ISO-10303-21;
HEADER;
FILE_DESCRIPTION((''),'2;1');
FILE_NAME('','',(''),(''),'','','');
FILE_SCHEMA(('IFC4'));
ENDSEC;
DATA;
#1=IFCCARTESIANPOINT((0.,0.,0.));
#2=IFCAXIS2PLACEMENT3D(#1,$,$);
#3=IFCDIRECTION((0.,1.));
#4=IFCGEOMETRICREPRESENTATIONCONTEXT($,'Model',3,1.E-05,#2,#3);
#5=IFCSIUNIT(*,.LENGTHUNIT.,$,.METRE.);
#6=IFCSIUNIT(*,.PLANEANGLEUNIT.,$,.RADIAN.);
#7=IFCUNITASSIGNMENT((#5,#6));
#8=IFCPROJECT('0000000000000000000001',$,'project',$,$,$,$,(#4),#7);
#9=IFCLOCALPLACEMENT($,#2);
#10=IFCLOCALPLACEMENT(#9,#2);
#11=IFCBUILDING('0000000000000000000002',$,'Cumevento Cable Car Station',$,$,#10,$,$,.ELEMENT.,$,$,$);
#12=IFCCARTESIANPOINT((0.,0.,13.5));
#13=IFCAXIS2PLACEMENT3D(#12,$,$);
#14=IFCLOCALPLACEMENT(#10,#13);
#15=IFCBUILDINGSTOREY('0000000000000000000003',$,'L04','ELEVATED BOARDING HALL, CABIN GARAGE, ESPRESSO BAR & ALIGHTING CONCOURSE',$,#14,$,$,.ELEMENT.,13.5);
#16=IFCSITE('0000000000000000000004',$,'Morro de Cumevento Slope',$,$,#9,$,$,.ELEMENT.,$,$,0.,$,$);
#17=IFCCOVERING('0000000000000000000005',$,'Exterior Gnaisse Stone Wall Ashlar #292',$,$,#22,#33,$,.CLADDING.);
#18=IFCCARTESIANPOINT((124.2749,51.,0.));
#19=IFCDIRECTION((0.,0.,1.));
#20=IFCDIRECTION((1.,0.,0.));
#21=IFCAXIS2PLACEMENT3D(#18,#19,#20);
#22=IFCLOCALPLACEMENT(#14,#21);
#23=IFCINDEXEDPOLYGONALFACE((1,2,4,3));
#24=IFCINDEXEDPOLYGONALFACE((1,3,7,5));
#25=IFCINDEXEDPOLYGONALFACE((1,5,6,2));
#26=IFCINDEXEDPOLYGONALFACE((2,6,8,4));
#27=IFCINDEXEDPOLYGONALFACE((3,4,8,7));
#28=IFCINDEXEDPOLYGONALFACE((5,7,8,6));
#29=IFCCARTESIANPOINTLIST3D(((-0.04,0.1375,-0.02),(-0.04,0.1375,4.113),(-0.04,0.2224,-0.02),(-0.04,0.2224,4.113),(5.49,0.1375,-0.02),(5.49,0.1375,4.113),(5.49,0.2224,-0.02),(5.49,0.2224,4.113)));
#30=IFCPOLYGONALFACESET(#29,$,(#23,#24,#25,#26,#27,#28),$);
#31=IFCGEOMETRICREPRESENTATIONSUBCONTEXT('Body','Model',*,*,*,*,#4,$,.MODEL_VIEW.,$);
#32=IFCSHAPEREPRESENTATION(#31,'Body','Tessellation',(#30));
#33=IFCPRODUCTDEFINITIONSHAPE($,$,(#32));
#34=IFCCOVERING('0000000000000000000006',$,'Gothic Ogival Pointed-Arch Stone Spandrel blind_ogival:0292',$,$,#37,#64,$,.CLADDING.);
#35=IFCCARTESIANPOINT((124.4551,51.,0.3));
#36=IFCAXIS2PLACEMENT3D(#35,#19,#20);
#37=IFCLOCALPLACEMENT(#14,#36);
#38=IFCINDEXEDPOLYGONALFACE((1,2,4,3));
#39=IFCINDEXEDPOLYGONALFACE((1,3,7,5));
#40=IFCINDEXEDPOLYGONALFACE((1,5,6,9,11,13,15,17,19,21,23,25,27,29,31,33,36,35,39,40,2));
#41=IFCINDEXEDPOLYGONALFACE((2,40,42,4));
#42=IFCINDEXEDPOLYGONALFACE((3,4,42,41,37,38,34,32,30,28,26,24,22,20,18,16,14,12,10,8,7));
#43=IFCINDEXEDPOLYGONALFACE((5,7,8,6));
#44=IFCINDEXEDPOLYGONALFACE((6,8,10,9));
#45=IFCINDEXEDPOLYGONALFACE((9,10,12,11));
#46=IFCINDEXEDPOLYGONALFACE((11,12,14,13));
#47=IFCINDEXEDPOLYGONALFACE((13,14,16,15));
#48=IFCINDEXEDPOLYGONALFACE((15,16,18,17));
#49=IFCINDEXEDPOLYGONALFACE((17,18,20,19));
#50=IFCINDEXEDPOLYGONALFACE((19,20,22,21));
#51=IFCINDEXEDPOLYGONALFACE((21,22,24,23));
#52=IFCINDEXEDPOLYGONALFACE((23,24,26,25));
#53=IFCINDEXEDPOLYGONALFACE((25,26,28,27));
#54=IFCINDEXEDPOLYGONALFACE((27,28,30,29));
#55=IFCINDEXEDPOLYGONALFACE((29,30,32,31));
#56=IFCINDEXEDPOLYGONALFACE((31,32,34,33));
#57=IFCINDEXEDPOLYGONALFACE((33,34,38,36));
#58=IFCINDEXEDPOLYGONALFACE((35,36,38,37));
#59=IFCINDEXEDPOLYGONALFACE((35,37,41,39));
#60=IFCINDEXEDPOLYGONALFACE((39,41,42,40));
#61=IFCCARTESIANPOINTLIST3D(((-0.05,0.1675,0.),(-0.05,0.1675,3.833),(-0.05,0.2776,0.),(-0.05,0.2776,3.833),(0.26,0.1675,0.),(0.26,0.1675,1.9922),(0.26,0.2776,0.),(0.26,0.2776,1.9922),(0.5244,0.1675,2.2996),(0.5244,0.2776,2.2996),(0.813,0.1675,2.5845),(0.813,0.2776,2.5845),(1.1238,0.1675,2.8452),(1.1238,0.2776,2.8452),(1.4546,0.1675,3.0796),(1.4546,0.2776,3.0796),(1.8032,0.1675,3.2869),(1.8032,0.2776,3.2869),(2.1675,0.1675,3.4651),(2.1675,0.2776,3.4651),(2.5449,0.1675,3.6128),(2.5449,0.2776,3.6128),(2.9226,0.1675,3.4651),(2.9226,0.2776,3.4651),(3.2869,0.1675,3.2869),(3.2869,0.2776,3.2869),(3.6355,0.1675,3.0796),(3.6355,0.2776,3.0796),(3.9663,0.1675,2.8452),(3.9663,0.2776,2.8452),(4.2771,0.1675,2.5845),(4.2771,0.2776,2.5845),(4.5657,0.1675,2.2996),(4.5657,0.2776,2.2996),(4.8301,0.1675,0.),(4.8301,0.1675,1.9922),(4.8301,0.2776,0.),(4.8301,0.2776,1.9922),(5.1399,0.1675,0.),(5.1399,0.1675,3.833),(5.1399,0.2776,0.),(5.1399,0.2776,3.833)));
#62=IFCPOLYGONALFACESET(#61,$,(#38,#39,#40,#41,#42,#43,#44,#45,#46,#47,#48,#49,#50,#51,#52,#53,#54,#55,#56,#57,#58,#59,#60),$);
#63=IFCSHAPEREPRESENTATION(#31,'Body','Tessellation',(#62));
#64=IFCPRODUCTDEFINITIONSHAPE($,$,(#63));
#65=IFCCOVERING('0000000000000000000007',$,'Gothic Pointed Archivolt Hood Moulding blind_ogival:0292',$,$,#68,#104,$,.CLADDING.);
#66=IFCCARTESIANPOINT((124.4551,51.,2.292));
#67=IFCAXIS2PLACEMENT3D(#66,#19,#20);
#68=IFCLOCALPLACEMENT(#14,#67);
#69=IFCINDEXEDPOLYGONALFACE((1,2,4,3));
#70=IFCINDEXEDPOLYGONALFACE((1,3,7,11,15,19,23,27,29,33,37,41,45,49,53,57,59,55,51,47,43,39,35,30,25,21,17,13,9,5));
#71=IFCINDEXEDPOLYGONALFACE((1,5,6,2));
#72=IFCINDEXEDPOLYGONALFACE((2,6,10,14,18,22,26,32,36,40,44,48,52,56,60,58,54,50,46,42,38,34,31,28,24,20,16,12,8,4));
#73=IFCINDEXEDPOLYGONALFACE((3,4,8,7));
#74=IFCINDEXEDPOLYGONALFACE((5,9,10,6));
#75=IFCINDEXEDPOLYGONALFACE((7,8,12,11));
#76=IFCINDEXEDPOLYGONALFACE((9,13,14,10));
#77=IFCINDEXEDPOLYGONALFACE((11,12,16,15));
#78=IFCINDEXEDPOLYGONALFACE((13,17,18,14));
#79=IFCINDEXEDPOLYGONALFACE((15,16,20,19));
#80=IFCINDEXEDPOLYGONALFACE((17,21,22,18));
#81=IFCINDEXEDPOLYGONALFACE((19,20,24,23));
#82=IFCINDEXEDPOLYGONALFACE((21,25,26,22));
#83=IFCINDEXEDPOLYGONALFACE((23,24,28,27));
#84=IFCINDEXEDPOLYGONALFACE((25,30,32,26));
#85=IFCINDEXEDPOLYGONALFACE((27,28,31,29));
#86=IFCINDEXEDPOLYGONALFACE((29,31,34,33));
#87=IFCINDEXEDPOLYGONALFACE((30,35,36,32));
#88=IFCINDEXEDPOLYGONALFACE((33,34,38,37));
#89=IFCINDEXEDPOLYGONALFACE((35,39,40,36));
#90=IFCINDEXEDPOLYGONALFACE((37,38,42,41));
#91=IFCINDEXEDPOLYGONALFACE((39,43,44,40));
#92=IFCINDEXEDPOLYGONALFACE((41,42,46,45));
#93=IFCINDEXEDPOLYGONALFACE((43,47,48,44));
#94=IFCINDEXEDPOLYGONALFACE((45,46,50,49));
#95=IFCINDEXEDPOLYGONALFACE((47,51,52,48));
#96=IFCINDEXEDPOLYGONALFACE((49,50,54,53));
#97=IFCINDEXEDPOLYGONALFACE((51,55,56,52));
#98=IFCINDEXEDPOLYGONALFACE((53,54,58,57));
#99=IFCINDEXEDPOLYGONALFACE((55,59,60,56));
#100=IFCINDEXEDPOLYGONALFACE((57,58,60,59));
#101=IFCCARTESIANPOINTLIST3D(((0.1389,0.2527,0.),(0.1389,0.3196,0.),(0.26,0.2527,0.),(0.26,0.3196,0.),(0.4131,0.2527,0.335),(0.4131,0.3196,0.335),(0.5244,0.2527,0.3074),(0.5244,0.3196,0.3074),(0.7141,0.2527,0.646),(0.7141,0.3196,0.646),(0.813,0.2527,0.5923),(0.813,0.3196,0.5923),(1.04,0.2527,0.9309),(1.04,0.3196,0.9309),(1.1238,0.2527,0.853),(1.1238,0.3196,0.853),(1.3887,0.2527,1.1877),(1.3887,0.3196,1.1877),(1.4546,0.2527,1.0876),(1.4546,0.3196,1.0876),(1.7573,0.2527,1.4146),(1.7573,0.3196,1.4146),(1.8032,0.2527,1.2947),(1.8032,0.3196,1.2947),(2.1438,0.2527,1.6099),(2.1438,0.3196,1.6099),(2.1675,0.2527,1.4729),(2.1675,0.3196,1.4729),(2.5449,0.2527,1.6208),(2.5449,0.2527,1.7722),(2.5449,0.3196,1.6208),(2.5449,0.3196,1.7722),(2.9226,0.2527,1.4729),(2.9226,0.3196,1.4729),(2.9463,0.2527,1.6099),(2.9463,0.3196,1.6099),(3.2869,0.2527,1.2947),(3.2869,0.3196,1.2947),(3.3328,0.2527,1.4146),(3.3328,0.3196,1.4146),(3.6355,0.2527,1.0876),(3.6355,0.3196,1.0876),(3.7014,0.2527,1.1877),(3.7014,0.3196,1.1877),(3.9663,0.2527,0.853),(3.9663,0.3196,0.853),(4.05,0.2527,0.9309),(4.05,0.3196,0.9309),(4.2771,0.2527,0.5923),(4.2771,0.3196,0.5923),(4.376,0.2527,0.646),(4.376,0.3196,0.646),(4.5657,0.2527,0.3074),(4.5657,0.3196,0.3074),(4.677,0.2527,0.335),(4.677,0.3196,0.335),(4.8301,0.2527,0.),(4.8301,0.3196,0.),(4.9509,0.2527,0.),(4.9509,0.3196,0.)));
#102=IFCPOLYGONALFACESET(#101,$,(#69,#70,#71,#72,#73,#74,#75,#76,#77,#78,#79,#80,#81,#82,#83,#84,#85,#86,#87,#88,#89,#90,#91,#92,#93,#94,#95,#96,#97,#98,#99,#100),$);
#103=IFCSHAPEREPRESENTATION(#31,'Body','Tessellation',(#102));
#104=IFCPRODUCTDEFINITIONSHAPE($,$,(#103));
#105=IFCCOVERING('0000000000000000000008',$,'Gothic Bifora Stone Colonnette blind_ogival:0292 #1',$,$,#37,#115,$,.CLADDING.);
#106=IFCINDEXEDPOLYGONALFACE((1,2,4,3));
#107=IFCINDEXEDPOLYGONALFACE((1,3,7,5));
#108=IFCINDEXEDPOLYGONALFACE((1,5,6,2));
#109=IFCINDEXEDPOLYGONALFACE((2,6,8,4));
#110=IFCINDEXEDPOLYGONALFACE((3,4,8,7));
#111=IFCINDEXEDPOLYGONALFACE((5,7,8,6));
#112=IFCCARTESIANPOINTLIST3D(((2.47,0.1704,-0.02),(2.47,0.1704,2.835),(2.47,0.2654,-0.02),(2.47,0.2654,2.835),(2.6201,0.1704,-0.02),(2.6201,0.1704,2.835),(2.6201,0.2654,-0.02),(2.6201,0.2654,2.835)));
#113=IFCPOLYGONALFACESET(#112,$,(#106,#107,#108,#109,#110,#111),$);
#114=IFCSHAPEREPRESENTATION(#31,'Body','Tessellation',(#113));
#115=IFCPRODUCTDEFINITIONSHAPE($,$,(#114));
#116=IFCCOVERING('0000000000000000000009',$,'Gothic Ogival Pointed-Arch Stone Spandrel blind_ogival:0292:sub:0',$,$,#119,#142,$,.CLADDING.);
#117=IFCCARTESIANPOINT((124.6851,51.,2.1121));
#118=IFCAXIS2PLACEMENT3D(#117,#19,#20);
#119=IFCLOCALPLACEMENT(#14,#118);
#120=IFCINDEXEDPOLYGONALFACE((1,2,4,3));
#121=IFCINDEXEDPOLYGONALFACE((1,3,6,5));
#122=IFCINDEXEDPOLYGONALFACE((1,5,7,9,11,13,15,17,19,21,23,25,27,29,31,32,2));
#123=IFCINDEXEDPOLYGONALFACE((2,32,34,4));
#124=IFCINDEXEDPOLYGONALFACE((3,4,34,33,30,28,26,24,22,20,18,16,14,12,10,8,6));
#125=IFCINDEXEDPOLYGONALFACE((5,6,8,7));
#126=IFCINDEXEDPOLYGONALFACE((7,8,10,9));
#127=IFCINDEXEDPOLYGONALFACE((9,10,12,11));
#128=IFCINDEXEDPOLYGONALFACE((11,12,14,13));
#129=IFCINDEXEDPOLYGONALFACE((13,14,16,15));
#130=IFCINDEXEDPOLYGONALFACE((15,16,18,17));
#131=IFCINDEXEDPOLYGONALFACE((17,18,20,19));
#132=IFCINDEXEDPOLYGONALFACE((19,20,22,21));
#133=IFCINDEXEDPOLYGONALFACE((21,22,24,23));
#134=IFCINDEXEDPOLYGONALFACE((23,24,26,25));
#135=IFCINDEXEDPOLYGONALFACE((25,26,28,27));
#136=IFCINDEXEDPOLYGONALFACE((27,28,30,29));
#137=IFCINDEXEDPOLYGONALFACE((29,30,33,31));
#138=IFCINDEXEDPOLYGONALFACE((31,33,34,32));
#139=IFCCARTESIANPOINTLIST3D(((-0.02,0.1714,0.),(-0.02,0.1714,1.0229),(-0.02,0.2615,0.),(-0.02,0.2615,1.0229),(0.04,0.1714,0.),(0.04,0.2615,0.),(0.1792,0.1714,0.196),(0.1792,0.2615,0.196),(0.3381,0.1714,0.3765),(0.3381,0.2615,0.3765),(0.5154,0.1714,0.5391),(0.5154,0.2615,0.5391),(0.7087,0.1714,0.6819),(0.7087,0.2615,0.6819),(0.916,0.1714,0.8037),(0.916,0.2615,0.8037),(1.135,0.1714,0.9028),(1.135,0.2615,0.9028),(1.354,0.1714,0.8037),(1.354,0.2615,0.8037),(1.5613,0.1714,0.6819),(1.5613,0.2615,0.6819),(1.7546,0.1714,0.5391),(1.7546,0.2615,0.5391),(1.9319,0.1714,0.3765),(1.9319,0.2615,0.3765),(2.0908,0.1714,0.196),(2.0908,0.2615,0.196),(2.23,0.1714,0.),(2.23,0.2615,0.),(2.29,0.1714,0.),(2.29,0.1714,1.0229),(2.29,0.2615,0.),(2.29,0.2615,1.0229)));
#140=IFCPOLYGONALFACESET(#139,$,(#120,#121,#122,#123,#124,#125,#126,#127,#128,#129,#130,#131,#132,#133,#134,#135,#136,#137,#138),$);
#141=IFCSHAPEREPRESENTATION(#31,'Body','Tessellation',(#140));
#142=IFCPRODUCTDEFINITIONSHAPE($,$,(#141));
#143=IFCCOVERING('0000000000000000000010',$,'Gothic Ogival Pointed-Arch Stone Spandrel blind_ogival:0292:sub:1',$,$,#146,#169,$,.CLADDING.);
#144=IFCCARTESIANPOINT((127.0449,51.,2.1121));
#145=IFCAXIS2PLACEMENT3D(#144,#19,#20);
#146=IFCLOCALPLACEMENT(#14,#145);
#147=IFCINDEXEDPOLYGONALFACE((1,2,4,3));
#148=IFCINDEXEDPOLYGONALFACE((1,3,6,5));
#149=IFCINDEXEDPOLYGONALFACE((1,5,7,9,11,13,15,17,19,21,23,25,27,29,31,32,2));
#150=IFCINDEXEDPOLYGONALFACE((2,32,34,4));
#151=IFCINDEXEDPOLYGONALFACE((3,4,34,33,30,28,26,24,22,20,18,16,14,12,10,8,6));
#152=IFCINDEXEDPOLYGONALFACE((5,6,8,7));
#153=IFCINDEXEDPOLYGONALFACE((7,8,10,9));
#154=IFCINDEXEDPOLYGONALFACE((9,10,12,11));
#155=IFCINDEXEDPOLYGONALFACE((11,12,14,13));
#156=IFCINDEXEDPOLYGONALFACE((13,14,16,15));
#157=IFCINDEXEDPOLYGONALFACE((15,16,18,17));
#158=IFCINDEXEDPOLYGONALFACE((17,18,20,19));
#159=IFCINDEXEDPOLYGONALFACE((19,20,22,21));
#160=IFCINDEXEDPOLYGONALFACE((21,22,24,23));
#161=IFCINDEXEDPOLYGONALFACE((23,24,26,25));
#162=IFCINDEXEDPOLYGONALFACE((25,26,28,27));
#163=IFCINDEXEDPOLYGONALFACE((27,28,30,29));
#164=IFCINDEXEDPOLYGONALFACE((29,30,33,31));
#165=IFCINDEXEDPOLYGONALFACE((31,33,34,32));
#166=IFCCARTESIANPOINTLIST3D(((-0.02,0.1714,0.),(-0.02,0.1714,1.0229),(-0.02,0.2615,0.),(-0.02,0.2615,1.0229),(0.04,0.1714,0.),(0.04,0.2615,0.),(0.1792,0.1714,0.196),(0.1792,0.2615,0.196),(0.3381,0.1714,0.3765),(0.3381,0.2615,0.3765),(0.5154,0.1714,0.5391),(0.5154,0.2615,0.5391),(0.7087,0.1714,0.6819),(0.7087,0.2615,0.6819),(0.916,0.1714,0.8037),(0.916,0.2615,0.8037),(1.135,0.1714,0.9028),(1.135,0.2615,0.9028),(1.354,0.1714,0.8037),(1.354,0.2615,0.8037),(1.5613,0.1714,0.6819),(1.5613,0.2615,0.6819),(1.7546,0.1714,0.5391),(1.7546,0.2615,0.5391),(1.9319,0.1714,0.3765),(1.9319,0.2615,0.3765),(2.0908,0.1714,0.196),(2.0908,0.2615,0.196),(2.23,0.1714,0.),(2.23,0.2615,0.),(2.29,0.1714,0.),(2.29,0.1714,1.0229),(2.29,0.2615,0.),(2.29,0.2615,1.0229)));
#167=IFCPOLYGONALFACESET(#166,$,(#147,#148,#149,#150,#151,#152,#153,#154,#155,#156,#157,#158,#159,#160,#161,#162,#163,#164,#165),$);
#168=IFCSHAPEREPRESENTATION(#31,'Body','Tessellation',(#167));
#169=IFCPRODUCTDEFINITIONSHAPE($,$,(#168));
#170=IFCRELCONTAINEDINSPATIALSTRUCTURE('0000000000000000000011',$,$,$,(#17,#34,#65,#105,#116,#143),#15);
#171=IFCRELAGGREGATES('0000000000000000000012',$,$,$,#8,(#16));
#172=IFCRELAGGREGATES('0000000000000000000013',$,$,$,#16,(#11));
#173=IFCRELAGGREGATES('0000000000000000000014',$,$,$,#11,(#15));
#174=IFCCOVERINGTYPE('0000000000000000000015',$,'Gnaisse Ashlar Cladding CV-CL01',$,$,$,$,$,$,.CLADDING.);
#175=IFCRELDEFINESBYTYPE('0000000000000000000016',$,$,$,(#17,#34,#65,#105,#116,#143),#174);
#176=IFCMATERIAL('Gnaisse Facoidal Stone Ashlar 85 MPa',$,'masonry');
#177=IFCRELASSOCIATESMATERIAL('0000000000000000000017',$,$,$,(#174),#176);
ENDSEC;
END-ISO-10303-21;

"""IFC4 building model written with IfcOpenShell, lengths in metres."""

from ifc_helpers import new_model, si_unit, direction, frame, origin, place, context, subcontext, project, spatial, polyline, outline, extrude, material, type_object, element, save


model = new_model("IFC4")

# Units and contexts
model_context = context("Model", 3, precision=1e-05, world=origin(), true_north=direction((0.0, 1.0)))
body_context = subcontext(model_context, "Body", "Model", "MODEL_VIEW")
ifc_project = project(units=[si_unit("LENGTHUNIT", "METRE"), si_unit("PLANEANGLEUNIT", "RADIAN")], contexts=[model_context])

# Site, building, storey
site_placement = place(None, origin())
site = spatial("IfcSite", under=ifc_project, at=site_placement, Name="Morro de Cumevento Slope", CompositionType="ELEMENT", RefElevation=0.0)
building_placement = place(site_placement, origin())
building = spatial("IfcBuilding", under=site, at=building_placement, Name="Cumevento Cable Car Station", CompositionType="ELEMENT")
storey_placement = place(building_placement, frame((0.0, 0.0, 13.5)))
storey = spatial("IfcBuildingStorey", under=building, at=storey_placement, Name="L04", Description="ELEVATED BOARDING HALL, CABIN GARAGE, ESPRESSO BAR & ALIGHTING CONCOURSE", CompositionType="ELEMENT", Elevation=13.5)

# Coverings
ifc_material_1 = material(Name="Gnaisse Facoidal Stone Ashlar 85 MPa", Category="masonry")
covering_type = type_object("IfcCoveringType", Name="Gnaisse Ashlar Cladding CV-CL01", PredefinedType="CLADDING", material=ifc_material_1)
covering_1_placement = place(storey_placement, frame((124.2749, 51.0, 0.0), z_axis=(0.0, 0.0, 1.0), x_axis=(1.0, 0.0, 0.0)))
element("IfcCovering", 1, at=covering_1_placement, inside=storey, type_object=covering_type, Name="Exterior Gnaisse Stone Wall Ashlar #292", PredefinedType="CLADDING", context=body_context, shape_type="SweptSolid", body=[
    extrude(outline(polyline([(-0.04, -0.02), (5.49, -0.02), (5.49, 4.113), (-0.04, 4.113), (-0.04, -0.02)])), frame((0.0, 0.2224, 0.0), z_axis=(0.0, -1.0, 0.0), x_axis=(1.0, 0.0, 0.0)), (0.0, 0.0, 1.0), 0.085),
])
placement = place(storey_placement, frame((124.4551, 51.0, 0.3), z_axis=(0.0, 0.0, 1.0), x_axis=(1.0, 0.0, 0.0)))
element("IfcCovering", 2, at=placement, inside=storey, type_object=covering_type, Name="Gothic Ogival Pointed-Arch Stone Spandrel blind_ogival:0292", PredefinedType="CLADDING", context=body_context, shape_type="SweptSolid", body=[
    extrude(outline(polyline([(-0.05, 0.0), (-0.05, 3.833), (5.1399, 3.833), (5.1399, 0.0), (4.8301, 0.0), (4.8301, 1.9922), (4.5657, 2.2996), (4.2771, 2.5845), (3.9663, 2.8452), (3.6355, 3.0796), (3.2869, 3.2869), (2.9226, 3.4651), (2.5449, 3.6128), (2.1675, 3.4651), (1.8032, 3.2869), (1.4546, 3.0796), (1.1238, 2.8452), (0.813, 2.5845), (0.5244, 2.2996), (0.26, 1.9922), (0.26, 0.0), (-0.05, 0.0)])), frame((0.0, 0.2776, 0.0), z_axis=(0.0, -1.0, 0.0), x_axis=(1.0, 0.0, 0.0)), (0.0, 0.0, 1.0), 0.1101),
])
covering_2_placement = place(storey_placement, frame((124.4551, 51.0, 2.292), z_axis=(0.0, 0.0, 1.0), x_axis=(1.0, 0.0, 0.0)))
element("IfcCovering", 3, at=covering_2_placement, inside=storey, type_object=covering_type, Name="Gothic Pointed Archivolt Hood Moulding blind_ogival:0292", PredefinedType="CLADDING", context=body_context, shape_type="SweptSolid", body=[
    extrude(outline(polyline([(0.26, 0.0), (0.5244, 0.3074), (0.813, 0.5923), (1.1238, 0.853), (1.4546, 1.0876), (1.8032, 1.2947), (2.1675, 1.4729), (2.5449, 1.6208), (2.9226, 1.4729), (3.2869, 1.2947), (3.6355, 1.0876), (3.9663, 0.853), (4.2771, 0.5923), (4.5657, 0.3074), (4.8301, 0.0), (4.9509, 0.0), (4.677, 0.335), (4.376, 0.646), (4.05, 0.9309), (3.7014, 1.1877), (3.3328, 1.4146), (2.9463, 1.6099), (2.5449, 1.7722), (2.1438, 1.6099), (1.7573, 1.4146), (1.3887, 1.1877), (1.04, 0.9309), (0.7141, 0.646), (0.4131, 0.335), (0.1389, 0.0), (0.26, 0.0)])), frame((0.0, 0.3196, 0.0), z_axis=(0.0, -1.0, 0.0), x_axis=(1.0, 0.0, 0.0)), (0.0, 0.0, 1.0), 0.0669),
])
element("IfcCovering", 4, at=placement, inside=storey, type_object=covering_type, Name="Gothic Bifora Stone Colonnette blind_ogival:0292 #1", PredefinedType="CLADDING", context=body_context, shape_type="SweptSolid", body=[
    extrude(outline(polyline([(2.47, -0.02), (2.6201, -0.02), (2.6201, 2.835), (2.47, 2.835), (2.47, -0.02)])), frame((0.0, 0.2654, 0.0), z_axis=(0.0, -1.0, 0.0), x_axis=(1.0, 0.0, 0.0)), (0.0, 0.0, 1.0), 0.095),
])
for number, where, z_axis, x_axis, name in (
    (5, (124.6851, 51.0, 2.1121), (0.0, 0.0, 1.0), (1.0, 0.0, 0.0), "Gothic Ogival Pointed-Arch Stone Spandrel blind_ogival:0292:sub:0"),
    (6, (127.0449, 51.0, 2.1121), (0.0, 0.0, 1.0), (1.0, 0.0, 0.0), "Gothic Ogival Pointed-Arch Stone Spandrel blind_ogival:0292:sub:1"),
):
    element("IfcCovering", number, at=place(storey_placement, frame(where, z_axis=z_axis, x_axis=x_axis)), inside=storey, type_object=covering_type, Name=name, PredefinedType="CLADDING", context=body_context, shape_type="SweptSolid", body=[
        extrude(outline(polyline([(-0.02, 0.0), (-0.02, 1.0229), (2.29, 1.0229), (2.29, 0.0), (2.23, 0.0), (2.0908, 0.196), (1.9319, 0.3765), (1.7546, 0.5391), (1.5613, 0.6819), (1.354, 0.8037), (1.135, 0.9028), (0.916, 0.8037), (0.7087, 0.6819), (0.5154, 0.5391), (0.3381, 0.3765), (0.1792, 0.196), (0.04, 0.0), (-0.02, 0.0)])), frame((0.0, 0.2615, 0.0), z_axis=(0.0, -1.0, 0.0), x_axis=(1.0, 0.0, 0.0)), (0.0, 0.0, 1.0), 0.0901),
    ])

save(model, "model.ifc")
